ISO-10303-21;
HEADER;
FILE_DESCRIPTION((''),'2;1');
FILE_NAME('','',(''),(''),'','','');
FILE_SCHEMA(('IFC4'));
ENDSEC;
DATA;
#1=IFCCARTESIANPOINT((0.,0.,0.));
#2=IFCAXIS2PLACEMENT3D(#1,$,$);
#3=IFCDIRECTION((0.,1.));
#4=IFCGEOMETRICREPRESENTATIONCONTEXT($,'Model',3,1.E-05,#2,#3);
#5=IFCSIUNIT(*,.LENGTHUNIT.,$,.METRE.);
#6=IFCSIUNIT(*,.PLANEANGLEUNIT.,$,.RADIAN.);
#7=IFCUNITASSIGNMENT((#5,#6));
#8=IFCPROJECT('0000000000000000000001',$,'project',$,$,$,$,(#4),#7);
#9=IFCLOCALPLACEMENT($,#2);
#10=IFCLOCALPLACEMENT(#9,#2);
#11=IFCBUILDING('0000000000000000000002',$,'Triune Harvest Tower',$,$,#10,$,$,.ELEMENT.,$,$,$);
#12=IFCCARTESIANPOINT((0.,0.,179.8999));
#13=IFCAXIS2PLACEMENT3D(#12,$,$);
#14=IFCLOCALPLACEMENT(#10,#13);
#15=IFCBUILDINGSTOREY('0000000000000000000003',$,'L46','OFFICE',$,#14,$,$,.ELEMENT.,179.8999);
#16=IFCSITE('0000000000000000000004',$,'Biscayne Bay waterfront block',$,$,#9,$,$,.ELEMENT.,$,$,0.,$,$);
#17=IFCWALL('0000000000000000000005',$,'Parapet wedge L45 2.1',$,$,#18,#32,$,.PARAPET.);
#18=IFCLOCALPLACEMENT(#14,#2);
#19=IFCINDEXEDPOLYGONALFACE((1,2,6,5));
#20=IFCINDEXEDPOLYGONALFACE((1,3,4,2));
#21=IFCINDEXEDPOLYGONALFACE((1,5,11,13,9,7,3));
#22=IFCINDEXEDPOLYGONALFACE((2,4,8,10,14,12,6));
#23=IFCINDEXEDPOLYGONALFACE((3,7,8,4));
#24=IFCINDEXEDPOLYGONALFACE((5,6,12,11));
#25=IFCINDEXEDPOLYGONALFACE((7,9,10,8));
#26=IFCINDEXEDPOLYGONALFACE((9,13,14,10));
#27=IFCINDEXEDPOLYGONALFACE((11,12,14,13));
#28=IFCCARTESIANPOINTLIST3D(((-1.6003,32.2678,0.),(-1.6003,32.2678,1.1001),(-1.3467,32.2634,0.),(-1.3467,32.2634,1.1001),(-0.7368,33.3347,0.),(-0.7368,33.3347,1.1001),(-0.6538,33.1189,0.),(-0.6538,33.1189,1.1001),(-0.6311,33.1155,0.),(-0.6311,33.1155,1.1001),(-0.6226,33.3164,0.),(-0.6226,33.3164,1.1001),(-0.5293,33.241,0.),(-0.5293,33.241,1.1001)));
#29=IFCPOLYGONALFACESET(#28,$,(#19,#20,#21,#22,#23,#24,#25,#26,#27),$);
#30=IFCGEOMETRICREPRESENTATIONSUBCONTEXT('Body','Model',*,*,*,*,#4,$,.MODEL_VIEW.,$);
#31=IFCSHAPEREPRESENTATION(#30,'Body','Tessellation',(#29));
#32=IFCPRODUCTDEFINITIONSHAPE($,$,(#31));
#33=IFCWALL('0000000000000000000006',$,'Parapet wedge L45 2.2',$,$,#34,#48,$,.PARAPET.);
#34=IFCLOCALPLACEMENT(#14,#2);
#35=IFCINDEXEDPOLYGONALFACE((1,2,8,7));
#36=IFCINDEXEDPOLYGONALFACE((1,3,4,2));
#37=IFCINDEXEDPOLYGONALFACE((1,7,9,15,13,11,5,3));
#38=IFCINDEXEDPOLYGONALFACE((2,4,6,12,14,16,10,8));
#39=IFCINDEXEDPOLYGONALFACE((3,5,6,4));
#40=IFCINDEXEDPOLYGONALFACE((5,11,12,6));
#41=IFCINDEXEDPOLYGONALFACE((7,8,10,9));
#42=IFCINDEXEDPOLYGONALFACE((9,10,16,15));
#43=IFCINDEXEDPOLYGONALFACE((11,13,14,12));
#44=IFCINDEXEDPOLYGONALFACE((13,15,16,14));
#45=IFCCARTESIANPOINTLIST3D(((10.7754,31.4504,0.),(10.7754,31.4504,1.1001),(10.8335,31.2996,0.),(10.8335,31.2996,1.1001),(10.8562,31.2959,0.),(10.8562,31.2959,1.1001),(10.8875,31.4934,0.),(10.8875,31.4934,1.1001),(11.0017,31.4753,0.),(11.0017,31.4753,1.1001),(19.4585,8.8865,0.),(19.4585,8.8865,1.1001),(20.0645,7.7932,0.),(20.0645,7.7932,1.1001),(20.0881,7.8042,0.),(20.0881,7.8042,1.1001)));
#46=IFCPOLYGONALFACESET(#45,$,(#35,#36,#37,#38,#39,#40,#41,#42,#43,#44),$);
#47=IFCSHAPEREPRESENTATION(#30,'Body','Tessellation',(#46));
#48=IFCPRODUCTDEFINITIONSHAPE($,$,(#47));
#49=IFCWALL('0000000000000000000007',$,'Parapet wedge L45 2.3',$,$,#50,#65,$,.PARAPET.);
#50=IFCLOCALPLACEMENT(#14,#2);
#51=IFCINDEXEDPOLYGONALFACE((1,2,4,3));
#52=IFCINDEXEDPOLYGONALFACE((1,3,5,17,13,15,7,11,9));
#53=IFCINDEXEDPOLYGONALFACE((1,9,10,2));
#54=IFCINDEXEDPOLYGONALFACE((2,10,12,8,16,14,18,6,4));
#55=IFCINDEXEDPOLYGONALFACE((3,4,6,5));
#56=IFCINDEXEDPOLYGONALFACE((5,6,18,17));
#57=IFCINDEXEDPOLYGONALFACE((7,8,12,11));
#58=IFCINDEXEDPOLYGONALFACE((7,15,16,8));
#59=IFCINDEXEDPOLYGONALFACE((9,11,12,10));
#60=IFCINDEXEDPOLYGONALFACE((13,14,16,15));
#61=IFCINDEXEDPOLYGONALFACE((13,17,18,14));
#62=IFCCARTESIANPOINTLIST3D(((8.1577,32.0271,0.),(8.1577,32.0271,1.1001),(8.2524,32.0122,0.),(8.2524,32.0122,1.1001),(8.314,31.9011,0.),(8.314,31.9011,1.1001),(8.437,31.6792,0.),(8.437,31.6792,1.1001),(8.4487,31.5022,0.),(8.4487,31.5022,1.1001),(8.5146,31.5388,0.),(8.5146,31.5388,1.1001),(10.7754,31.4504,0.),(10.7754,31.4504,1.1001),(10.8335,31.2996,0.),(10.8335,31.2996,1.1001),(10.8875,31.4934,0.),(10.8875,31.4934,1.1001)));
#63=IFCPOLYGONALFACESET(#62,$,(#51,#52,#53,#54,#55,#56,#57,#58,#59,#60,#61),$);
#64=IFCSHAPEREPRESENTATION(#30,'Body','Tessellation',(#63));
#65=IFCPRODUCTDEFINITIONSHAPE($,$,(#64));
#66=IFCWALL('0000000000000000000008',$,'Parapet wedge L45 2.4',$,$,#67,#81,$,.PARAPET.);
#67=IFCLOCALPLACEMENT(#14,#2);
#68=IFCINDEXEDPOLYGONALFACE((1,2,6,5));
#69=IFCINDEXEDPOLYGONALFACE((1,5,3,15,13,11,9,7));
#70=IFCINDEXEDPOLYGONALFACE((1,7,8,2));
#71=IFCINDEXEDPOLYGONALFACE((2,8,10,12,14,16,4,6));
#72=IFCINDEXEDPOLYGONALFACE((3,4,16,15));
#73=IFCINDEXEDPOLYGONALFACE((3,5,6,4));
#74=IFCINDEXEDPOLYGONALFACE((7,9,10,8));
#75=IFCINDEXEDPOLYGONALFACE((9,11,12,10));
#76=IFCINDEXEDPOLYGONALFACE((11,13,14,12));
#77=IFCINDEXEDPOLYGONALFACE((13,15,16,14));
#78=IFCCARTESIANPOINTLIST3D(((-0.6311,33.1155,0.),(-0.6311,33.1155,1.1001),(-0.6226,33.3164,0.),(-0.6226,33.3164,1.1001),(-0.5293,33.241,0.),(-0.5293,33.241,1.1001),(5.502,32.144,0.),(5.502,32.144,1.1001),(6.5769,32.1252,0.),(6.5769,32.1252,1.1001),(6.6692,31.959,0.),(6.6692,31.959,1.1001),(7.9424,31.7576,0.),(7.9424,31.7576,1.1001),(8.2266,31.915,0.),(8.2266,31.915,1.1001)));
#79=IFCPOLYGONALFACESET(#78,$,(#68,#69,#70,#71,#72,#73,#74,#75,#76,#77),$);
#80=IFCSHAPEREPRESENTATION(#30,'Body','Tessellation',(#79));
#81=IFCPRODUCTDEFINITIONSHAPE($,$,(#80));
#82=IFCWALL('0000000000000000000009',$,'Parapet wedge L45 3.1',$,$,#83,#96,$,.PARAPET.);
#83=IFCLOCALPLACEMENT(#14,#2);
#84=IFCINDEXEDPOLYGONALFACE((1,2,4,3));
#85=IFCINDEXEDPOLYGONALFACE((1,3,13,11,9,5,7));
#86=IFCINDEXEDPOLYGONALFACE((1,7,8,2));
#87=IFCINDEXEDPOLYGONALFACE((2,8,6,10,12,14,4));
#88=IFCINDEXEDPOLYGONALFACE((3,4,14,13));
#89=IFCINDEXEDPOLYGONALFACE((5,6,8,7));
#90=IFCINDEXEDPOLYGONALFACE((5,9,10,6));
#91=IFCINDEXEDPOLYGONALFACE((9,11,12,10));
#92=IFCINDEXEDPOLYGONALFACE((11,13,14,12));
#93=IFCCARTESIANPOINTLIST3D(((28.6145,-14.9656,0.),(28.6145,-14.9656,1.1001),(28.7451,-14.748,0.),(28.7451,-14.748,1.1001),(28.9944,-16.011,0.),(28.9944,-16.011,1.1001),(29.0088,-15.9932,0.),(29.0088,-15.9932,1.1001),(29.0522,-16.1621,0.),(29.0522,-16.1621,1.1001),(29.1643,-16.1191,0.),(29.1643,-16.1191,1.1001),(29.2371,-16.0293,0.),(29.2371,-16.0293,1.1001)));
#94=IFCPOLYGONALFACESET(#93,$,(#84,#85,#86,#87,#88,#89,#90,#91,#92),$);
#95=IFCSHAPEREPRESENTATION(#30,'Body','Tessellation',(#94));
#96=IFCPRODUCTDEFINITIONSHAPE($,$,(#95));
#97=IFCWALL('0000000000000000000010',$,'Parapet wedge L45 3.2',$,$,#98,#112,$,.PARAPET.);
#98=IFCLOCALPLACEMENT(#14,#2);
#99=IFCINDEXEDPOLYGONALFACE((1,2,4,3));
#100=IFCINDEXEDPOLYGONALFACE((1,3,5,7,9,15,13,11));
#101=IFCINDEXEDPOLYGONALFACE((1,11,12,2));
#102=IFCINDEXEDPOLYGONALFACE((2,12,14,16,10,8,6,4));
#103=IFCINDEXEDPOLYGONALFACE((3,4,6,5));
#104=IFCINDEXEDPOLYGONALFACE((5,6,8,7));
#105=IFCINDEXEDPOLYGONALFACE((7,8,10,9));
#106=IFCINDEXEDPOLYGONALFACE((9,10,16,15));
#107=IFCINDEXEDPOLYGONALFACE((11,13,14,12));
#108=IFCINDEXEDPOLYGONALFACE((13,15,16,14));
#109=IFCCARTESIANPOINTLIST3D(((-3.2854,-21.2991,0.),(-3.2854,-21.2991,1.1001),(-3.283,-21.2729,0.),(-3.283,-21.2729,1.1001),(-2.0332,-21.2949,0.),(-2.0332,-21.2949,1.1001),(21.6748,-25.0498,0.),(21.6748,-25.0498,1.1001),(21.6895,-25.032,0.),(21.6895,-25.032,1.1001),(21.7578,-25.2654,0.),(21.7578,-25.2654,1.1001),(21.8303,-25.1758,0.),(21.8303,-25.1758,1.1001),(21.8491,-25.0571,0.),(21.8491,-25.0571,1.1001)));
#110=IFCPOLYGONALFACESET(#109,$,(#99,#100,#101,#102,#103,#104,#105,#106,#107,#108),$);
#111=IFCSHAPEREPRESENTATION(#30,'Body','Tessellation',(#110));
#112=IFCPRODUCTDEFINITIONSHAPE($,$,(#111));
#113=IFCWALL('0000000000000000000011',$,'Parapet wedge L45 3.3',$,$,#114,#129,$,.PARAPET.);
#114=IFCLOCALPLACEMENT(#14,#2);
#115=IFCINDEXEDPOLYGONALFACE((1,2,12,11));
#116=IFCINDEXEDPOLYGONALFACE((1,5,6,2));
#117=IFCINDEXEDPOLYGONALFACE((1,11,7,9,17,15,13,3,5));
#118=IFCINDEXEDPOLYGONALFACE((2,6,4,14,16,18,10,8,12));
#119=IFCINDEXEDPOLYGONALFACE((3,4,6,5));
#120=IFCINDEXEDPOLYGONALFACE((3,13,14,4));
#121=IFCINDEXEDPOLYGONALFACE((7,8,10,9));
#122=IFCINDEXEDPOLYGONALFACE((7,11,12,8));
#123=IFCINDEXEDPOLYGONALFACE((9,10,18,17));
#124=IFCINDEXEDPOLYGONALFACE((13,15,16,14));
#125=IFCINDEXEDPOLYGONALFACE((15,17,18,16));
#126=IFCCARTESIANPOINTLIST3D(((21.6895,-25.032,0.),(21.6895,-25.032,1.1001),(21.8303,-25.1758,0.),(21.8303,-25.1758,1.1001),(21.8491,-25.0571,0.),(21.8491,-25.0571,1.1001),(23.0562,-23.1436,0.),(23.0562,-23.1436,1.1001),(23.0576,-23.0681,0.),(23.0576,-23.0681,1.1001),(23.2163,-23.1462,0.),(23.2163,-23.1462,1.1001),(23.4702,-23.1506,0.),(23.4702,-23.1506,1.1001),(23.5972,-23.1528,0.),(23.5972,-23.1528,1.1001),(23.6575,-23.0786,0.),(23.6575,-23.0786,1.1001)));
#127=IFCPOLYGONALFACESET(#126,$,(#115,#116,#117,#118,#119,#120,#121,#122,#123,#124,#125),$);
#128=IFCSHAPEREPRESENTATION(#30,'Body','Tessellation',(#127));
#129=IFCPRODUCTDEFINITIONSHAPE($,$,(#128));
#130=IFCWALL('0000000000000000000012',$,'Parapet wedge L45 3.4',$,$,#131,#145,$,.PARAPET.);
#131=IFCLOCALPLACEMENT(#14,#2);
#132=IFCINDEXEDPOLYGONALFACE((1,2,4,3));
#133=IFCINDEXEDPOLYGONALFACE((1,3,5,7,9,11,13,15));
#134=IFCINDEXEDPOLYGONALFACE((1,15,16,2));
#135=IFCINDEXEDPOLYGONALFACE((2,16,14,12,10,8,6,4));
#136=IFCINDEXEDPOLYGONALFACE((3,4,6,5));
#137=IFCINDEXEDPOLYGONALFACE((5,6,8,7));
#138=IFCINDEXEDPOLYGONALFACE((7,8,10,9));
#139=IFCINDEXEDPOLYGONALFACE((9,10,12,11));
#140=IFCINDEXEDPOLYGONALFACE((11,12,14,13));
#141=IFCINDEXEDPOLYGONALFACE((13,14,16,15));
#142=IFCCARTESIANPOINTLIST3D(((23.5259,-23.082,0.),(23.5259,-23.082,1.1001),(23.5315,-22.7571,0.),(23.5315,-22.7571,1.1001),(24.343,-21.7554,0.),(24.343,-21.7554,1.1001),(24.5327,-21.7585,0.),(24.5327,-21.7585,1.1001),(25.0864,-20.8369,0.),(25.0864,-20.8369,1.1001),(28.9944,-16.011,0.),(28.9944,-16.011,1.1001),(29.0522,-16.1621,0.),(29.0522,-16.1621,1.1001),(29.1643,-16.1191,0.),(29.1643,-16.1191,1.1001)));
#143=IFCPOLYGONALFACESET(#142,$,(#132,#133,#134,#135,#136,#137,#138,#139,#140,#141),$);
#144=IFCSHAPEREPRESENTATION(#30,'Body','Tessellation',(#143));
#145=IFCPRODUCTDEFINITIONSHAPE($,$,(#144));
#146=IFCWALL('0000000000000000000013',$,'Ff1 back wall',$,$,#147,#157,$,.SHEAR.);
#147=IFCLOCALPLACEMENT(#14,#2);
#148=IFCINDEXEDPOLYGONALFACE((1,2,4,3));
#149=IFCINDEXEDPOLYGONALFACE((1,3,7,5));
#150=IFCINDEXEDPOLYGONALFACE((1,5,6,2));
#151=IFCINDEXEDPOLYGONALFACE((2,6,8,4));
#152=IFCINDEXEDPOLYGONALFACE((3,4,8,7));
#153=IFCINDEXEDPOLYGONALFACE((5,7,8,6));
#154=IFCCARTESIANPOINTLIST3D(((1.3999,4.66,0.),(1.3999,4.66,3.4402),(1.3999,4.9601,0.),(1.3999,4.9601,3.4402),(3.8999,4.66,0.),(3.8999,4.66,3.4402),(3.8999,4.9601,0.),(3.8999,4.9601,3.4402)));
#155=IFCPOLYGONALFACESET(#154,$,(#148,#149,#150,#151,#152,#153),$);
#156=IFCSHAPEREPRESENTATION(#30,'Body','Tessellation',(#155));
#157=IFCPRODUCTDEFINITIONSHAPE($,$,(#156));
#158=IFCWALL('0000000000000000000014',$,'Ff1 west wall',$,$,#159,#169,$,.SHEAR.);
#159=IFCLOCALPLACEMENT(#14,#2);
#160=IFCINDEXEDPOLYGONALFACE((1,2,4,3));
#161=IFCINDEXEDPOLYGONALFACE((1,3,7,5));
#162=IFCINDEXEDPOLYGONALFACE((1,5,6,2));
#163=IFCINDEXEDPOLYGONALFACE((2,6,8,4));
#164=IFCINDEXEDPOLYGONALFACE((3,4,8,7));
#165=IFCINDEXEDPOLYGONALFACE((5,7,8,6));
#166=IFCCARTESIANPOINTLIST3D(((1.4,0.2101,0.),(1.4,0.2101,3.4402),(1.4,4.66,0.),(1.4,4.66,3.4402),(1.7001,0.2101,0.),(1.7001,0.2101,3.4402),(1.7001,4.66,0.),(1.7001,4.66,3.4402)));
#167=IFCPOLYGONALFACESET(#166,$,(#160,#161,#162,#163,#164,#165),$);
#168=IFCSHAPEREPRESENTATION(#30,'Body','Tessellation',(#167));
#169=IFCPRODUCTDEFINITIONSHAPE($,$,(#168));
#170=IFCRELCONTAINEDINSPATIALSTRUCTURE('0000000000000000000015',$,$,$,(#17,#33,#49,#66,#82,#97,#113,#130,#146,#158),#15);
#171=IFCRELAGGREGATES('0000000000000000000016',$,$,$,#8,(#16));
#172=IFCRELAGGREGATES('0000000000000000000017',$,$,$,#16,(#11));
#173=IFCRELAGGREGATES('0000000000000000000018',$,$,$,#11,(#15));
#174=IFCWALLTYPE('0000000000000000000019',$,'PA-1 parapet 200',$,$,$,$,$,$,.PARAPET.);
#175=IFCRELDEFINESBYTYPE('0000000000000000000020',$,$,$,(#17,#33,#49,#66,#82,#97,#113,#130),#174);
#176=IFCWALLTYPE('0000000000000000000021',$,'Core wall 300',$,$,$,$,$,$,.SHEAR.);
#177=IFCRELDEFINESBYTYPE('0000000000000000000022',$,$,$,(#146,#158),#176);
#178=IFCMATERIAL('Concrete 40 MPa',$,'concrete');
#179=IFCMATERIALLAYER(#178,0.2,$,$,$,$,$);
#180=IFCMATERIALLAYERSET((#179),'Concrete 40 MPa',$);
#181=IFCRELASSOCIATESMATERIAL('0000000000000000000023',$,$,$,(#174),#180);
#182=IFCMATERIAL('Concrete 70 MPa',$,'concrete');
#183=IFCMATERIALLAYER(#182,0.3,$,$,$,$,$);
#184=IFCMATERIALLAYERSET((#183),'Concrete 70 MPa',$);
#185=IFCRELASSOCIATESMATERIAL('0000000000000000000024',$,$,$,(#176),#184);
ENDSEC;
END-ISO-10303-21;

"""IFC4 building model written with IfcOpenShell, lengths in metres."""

from ifc_helpers import new_model, si_unit, direction, frame, frame_2d, origin, place, context, subcontext, project, spatial, polyline, rectangle, outline, extrude, source, transform, mapped, material, layer, layer_set, type_object, element, save


model = new_model("IFC4")

# Units and contexts
model_context = context("Model", 3, precision=1e-05, world=origin(), true_north=direction((0.0, 1.0)))
body_context = subcontext(model_context, "Body", "Model", "MODEL_VIEW")
ifc_project = project(units=[si_unit("LENGTHUNIT", "METRE"), si_unit("PLANEANGLEUNIT", "RADIAN")], contexts=[model_context])

# Site, building, storey
site_placement = place(None, origin())
site = spatial("IfcSite", under=ifc_project, at=site_placement, Name="Biscayne Bay waterfront block", CompositionType="ELEMENT", RefElevation=0.0)
building_placement = place(site_placement, origin())
building = spatial("IfcBuilding", under=site, at=building_placement, Name="Triune Harvest Tower", CompositionType="ELEMENT")
storey_placement = place(building_placement, frame((0.0, 0.0, 179.8999)))
storey = spatial("IfcBuildingStorey", under=building, at=storey_placement, Name="L46", Description="OFFICE", CompositionType="ELEMENT", Elevation=179.8999)

# Walls
ifc_material_1 = material(Name="Concrete 40 MPa", Category="concrete")
ifc_layer_1 = layer(ifc_material_1, 0.2)
ifc_layer_set_1 = layer_set([ifc_layer_1], Name="Concrete 40 MPa")
wall_type_1 = type_object("IfcWallType", Name="PA-1 parapet 200", PredefinedType="PARAPET", material=ifc_layer_set_1)
wall_1_placement = place(storey_placement, origin())
element("IfcWall", 1, at=wall_1_placement, inside=storey, type_object=wall_type_1, Name="Parapet wedge L45 2.1", PredefinedType="PARAPET", context=body_context, shape_type="SweptSolid", body=[
    extrude(outline(polyline([(-0.6311, 33.1155), (-0.6538, 33.1189), (-1.3467, 32.2634), (-1.6003, 32.2678), (-0.7368, 33.3347), (-0.6226, 33.3164), (-0.5293, 33.241), (-0.6311, 33.1155)])), origin(), (0.0, 0.0, 1.0), 1.1001),
])
wall_2_placement = place(storey_placement, origin())
element("IfcWall", 2, at=wall_2_placement, inside=storey, type_object=wall_type_1, Name="Parapet wedge L45 2.2", PredefinedType="PARAPET", context=body_context, shape_type="SweptSolid", body=[
    extrude(outline(polyline([(20.0881, 7.8042), (20.0645, 7.7932), (19.4585, 8.8865), (10.8562, 31.2959), (10.8335, 31.2996), (10.7754, 31.4504), (10.8875, 31.4934), (11.0017, 31.4753), (20.0881, 7.8042)])), origin(), (0.0, 0.0, 1.0), 1.1001),
])
wall_3_placement = place(storey_placement, origin())
element("IfcWall", 3, at=wall_3_placement, inside=storey, type_object=wall_type_1, Name="Parapet wedge L45 2.3", PredefinedType="PARAPET", context=body_context, shape_type="SweptSolid", body=[
    extrude(outline(polyline([(8.437, 31.6792), (8.5146, 31.5388), (8.4487, 31.5022), (8.1577, 32.0271), (8.2524, 32.0122), (8.314, 31.9011), (10.8875, 31.4934), (10.7754, 31.4504), (10.8335, 31.2996), (8.437, 31.6792)])), origin(), (0.0, 0.0, 1.0), 1.1001),
])
wall_4_placement = place(storey_placement, origin())
element("IfcWall", 4, at=wall_4_placement, inside=storey, type_object=wall_type_1, Name="Parapet wedge L45 2.4", PredefinedType="PARAPET", context=body_context, shape_type="SweptSolid", body=[
    extrude(outline(polyline([(6.6692, 31.959), (6.5769, 32.1252), (5.502, 32.144), (-0.6311, 33.1155), (-0.5293, 33.241), (-0.6226, 33.3164), (8.2266, 31.915), (7.9424, 31.7576), (6.6692, 31.959)])), origin(), (0.0, 0.0, 1.0), 1.1001),
])
wall_5_placement = place(storey_placement, origin())
element("IfcWall", 5, at=wall_5_placement, inside=storey, type_object=wall_type_1, Name="Parapet wedge L45 3.1", PredefinedType="PARAPET", context=body_context, shape_type="SweptSolid", body=[
    extrude(outline(polyline([(28.9944, -16.011), (29.0088, -15.9932), (28.6145, -14.9656), (28.7451, -14.748), (29.2371, -16.0293), (29.1643, -16.1191), (29.0522, -16.1621), (28.9944, -16.011)])), origin(), (0.0, 0.0, 1.0), 1.1001),
])
wall_6_placement = place(storey_placement, origin())
element("IfcWall", 6, at=wall_6_placement, inside=storey, type_object=wall_type_1, Name="Parapet wedge L45 3.2", PredefinedType="PARAPET", context=body_context, shape_type="SweptSolid", body=[
    extrude(outline(polyline([(-3.2854, -21.2991), (-3.283, -21.2729), (-2.0332, -21.2949), (21.6748, -25.0498), (21.6895, -25.032), (21.8491, -25.0571), (21.8303, -25.1758), (21.7578, -25.2654), (-3.2854, -21.2991)])), origin(), (0.0, 0.0, 1.0), 1.1001),
])
wall_7_placement = place(storey_placement, origin())
element("IfcWall", 7, at=wall_7_placement, inside=storey, type_object=wall_type_1, Name="Parapet wedge L45 3.3", PredefinedType="PARAPET", context=body_context, shape_type="SweptSolid", body=[
    extrude(outline(polyline([(23.2163, -23.1462), (23.0562, -23.1436), (23.0576, -23.0681), (23.6575, -23.0786), (23.5972, -23.1528), (23.4702, -23.1506), (21.8303, -25.1758), (21.8491, -25.0571), (21.6895, -25.032), (23.2163, -23.1462)])), origin(), (0.0, 0.0, 1.0), 1.1001),
])
wall_8_placement = place(storey_placement, origin())
element("IfcWall", 8, at=wall_8_placement, inside=storey, type_object=wall_type_1, Name="Parapet wedge L45 3.4", PredefinedType="PARAPET", context=body_context, shape_type="SweptSolid", body=[
    extrude(outline(polyline([(24.343, -21.7554), (24.5327, -21.7585), (25.0864, -20.8369), (28.9944, -16.011), (29.0522, -16.1621), (29.1643, -16.1191), (23.5259, -23.082), (23.5315, -22.7571), (24.343, -21.7554)])), origin(), (0.0, 0.0, 1.0), 1.1001),
])
ifc_material_2 = material(Name="Concrete 70 MPa", Category="concrete")
ifc_layer_2 = layer(ifc_material_2, 0.3)
ifc_layer_set_2 = layer_set([ifc_layer_2], Name="Concrete 70 MPa")
wall_type_2 = type_object("IfcWallType", Name="Core wall 300", PredefinedType="SHEAR", material=ifc_layer_set_2)
shared_shape_1 = source(origin(), body_context, "Body", "SweptSolid", [
    extrude(rectangle(XDim=2.5, YDim=0.3, at=frame_2d((1.25, 0.0))), origin(), (0.0, 0.0, 1.0), 3.4402),
])
wall_9_placement = place(storey_placement, frame((1.3999, 4.8101, 0.0), z_axis=(0.0, 0.0, 1.0), x_axis=(1.0, 0.0, 0.0)))
element("IfcWall", 9, at=wall_9_placement, inside=storey, type_object=wall_type_2, Name="Ff1 back wall", PredefinedType="SHEAR", context=body_context, shape_type="MappedRepresentation", body=[
    mapped(shared_shape_1, transform((0.0, 0.0, 0.0), scale=1.0)),
])
shared_shape_2 = source(origin(), body_context, "Body", "SweptSolid", [
    extrude(rectangle(XDim=4.45, YDim=0.3, at=frame_2d((2.2251, 0.0))), origin(), (0.0, 0.0, 1.0), 3.4402),
])
wall_10_placement = place(storey_placement, frame((1.55, 0.21, 0.0), z_axis=(0.0, 0.0, 1.0), x_axis=(0.0, 1.0, 0.0)))
element("IfcWall", 10, at=wall_10_placement, inside=storey, type_object=wall_type_2, Name="Ff1 west wall", PredefinedType="SHEAR", context=body_context, shape_type="MappedRepresentation", body=[
    mapped(shared_shape_2, transform((0.0, 0.0, 0.0), scale=1.0)),
])

save(model, "model.ifc")
